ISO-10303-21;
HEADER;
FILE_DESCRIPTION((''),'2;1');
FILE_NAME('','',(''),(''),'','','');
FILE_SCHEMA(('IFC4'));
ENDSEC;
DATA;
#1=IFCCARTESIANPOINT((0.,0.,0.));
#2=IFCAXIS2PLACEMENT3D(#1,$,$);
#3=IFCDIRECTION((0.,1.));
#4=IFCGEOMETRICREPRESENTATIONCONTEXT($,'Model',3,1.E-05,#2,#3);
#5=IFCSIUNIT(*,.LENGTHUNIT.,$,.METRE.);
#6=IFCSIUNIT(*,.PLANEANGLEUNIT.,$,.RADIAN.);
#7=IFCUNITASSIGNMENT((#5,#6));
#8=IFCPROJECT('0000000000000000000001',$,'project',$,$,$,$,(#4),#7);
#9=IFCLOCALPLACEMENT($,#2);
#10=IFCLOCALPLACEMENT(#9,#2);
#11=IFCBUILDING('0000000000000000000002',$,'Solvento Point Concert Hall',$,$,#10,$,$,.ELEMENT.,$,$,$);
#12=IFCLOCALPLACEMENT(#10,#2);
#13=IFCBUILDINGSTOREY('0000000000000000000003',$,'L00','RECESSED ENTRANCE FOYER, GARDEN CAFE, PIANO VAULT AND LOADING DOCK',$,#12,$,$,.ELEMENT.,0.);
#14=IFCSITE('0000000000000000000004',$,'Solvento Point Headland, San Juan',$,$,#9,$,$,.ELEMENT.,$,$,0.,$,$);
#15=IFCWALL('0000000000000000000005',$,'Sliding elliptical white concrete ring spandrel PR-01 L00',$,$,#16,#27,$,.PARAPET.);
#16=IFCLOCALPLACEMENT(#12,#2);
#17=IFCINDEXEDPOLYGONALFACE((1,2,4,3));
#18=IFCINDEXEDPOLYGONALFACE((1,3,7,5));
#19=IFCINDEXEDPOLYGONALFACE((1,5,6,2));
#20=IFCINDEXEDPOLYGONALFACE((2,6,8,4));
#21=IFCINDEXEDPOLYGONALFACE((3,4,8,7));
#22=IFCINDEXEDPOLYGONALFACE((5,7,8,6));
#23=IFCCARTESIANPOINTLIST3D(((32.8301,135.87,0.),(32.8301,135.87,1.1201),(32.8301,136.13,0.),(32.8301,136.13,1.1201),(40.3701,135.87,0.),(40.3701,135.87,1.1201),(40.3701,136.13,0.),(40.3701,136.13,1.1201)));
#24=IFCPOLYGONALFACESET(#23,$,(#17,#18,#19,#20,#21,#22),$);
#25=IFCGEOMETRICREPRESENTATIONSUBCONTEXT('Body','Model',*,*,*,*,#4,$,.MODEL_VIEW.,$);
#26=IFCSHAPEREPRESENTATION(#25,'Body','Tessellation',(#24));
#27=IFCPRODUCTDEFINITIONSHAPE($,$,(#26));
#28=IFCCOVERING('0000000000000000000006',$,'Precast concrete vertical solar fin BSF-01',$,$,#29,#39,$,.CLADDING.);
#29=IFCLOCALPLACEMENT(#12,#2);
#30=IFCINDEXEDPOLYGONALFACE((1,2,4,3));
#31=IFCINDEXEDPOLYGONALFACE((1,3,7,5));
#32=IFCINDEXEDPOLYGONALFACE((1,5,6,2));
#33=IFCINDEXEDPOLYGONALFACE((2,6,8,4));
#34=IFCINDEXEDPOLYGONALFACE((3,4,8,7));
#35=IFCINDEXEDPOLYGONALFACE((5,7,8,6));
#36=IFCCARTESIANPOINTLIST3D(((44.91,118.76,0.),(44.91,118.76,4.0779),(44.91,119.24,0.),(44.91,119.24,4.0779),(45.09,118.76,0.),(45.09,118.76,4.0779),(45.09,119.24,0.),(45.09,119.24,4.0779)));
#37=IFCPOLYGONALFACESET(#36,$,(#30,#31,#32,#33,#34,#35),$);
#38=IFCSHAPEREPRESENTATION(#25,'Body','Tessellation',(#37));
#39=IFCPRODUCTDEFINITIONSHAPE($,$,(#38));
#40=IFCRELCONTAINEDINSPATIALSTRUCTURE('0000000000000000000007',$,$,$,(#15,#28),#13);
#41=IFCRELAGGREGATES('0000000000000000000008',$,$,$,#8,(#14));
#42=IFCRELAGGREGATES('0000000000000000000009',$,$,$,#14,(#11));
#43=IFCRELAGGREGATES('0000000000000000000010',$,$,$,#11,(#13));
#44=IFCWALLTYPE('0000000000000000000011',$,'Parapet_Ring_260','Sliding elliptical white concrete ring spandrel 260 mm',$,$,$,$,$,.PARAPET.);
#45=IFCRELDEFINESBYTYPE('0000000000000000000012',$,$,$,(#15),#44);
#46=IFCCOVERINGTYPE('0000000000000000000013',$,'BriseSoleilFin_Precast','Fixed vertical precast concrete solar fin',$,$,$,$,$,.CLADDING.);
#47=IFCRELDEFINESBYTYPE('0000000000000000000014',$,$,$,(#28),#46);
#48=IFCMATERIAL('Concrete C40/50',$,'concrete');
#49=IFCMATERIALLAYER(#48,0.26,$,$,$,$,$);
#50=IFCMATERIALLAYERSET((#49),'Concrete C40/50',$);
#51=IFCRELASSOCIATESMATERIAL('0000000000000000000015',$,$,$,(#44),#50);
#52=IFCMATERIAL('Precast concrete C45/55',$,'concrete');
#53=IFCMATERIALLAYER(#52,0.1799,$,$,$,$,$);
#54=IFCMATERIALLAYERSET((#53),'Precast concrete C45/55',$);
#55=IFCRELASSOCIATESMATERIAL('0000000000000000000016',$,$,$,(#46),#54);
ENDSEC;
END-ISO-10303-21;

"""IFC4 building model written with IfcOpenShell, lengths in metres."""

from ifc_helpers import new_model, si_unit, direction, frame, frame_2d, origin, origin_2d, place, context, subcontext, project, spatial, rectangle, extrude, material, layer, layer_set, type_object, element, save


model = new_model("IFC4")

# Units and contexts
model_context = context("Model", 3, precision=1e-05, world=origin(), true_north=direction((0.0, 1.0)))
body_context = subcontext(model_context, "Body", "Model", "MODEL_VIEW")
ifc_project = project(units=[si_unit("LENGTHUNIT", "METRE"), si_unit("PLANEANGLEUNIT", "RADIAN")], contexts=[model_context])

# Site, building, storey
site_placement = place(None, origin())
site = spatial("IfcSite", under=ifc_project, at=site_placement, Name="Solvento Point Headland, San Juan", CompositionType="ELEMENT", RefElevation=0.0)
building_placement = place(site_placement, origin())
building = spatial("IfcBuilding", under=site, at=building_placement, Name="Solvento Point Concert Hall", CompositionType="ELEMENT")
storey_placement = place(building_placement, origin())
storey = spatial("IfcBuildingStorey", under=building, at=storey_placement, Name="L00", Description="RECESSED ENTRANCE FOYER, GARDEN CAFE, PIANO VAULT AND LOADING DOCK", CompositionType="ELEMENT", Elevation=0.0)

# Wall
ifc_material_1 = material(Name="Concrete C40/50", Category="concrete")
ifc_layer_1 = layer(ifc_material_1, 0.26)
ifc_layer_set_1 = layer_set([ifc_layer_1], Name="Concrete C40/50")
wall_type_1 = type_object("IfcWallType", Name="Parapet_Ring_260", Description="Sliding elliptical white concrete ring spandrel 260 mm", PredefinedType="PARAPET", material=ifc_layer_set_1)
wall_1_placement = place(storey_placement, frame((32.8301, 136.0, 0.0), z_axis=(0.0, 0.0, 1.0), x_axis=(1.0, 0.0, 0.0)))
element("IfcWall", 1, at=wall_1_placement, inside=storey, type_object=wall_type_1, Name="Sliding elliptical white concrete ring spandrel PR-01 L00", PredefinedType="PARAPET", context=body_context, shape_type="SweptSolid", body=[
    extrude(rectangle(XDim=7.54, YDim=0.26, at=frame_2d((3.77, 0.0))), origin(), (0.0, 0.0, 1.0), 1.1201),
])

# Covering
ifc_material_2 = material(Name="Precast concrete C45/55", Category="concrete")
ifc_layer_2 = layer(ifc_material_2, 0.1799)
ifc_layer_set_2 = layer_set([ifc_layer_2], Name="Precast concrete C45/55")
covering_type = type_object("IfcCoveringType", Name="BriseSoleilFin_Precast", Description="Fixed vertical precast concrete solar fin", PredefinedType="CLADDING", material=ifc_layer_set_2)
covering_placement = place(storey_placement, frame((45.0, 119.0, 0.0), z_axis=(0.0, 0.0, 1.0), x_axis=(1.0, 0.0, 0.0)))
element("IfcCovering", 2, at=covering_placement, inside=storey, type_object=covering_type, Name="Precast concrete vertical solar fin BSF-01", PredefinedType="CLADDING", context=body_context, shape_type="SweptSolid", body=[
    extrude(rectangle(XDim=0.1799, YDim=0.48, at=origin_2d()), origin(), (0.0, 0.0, 1.0), 4.0779),
])

save(model, "model.ifc")
